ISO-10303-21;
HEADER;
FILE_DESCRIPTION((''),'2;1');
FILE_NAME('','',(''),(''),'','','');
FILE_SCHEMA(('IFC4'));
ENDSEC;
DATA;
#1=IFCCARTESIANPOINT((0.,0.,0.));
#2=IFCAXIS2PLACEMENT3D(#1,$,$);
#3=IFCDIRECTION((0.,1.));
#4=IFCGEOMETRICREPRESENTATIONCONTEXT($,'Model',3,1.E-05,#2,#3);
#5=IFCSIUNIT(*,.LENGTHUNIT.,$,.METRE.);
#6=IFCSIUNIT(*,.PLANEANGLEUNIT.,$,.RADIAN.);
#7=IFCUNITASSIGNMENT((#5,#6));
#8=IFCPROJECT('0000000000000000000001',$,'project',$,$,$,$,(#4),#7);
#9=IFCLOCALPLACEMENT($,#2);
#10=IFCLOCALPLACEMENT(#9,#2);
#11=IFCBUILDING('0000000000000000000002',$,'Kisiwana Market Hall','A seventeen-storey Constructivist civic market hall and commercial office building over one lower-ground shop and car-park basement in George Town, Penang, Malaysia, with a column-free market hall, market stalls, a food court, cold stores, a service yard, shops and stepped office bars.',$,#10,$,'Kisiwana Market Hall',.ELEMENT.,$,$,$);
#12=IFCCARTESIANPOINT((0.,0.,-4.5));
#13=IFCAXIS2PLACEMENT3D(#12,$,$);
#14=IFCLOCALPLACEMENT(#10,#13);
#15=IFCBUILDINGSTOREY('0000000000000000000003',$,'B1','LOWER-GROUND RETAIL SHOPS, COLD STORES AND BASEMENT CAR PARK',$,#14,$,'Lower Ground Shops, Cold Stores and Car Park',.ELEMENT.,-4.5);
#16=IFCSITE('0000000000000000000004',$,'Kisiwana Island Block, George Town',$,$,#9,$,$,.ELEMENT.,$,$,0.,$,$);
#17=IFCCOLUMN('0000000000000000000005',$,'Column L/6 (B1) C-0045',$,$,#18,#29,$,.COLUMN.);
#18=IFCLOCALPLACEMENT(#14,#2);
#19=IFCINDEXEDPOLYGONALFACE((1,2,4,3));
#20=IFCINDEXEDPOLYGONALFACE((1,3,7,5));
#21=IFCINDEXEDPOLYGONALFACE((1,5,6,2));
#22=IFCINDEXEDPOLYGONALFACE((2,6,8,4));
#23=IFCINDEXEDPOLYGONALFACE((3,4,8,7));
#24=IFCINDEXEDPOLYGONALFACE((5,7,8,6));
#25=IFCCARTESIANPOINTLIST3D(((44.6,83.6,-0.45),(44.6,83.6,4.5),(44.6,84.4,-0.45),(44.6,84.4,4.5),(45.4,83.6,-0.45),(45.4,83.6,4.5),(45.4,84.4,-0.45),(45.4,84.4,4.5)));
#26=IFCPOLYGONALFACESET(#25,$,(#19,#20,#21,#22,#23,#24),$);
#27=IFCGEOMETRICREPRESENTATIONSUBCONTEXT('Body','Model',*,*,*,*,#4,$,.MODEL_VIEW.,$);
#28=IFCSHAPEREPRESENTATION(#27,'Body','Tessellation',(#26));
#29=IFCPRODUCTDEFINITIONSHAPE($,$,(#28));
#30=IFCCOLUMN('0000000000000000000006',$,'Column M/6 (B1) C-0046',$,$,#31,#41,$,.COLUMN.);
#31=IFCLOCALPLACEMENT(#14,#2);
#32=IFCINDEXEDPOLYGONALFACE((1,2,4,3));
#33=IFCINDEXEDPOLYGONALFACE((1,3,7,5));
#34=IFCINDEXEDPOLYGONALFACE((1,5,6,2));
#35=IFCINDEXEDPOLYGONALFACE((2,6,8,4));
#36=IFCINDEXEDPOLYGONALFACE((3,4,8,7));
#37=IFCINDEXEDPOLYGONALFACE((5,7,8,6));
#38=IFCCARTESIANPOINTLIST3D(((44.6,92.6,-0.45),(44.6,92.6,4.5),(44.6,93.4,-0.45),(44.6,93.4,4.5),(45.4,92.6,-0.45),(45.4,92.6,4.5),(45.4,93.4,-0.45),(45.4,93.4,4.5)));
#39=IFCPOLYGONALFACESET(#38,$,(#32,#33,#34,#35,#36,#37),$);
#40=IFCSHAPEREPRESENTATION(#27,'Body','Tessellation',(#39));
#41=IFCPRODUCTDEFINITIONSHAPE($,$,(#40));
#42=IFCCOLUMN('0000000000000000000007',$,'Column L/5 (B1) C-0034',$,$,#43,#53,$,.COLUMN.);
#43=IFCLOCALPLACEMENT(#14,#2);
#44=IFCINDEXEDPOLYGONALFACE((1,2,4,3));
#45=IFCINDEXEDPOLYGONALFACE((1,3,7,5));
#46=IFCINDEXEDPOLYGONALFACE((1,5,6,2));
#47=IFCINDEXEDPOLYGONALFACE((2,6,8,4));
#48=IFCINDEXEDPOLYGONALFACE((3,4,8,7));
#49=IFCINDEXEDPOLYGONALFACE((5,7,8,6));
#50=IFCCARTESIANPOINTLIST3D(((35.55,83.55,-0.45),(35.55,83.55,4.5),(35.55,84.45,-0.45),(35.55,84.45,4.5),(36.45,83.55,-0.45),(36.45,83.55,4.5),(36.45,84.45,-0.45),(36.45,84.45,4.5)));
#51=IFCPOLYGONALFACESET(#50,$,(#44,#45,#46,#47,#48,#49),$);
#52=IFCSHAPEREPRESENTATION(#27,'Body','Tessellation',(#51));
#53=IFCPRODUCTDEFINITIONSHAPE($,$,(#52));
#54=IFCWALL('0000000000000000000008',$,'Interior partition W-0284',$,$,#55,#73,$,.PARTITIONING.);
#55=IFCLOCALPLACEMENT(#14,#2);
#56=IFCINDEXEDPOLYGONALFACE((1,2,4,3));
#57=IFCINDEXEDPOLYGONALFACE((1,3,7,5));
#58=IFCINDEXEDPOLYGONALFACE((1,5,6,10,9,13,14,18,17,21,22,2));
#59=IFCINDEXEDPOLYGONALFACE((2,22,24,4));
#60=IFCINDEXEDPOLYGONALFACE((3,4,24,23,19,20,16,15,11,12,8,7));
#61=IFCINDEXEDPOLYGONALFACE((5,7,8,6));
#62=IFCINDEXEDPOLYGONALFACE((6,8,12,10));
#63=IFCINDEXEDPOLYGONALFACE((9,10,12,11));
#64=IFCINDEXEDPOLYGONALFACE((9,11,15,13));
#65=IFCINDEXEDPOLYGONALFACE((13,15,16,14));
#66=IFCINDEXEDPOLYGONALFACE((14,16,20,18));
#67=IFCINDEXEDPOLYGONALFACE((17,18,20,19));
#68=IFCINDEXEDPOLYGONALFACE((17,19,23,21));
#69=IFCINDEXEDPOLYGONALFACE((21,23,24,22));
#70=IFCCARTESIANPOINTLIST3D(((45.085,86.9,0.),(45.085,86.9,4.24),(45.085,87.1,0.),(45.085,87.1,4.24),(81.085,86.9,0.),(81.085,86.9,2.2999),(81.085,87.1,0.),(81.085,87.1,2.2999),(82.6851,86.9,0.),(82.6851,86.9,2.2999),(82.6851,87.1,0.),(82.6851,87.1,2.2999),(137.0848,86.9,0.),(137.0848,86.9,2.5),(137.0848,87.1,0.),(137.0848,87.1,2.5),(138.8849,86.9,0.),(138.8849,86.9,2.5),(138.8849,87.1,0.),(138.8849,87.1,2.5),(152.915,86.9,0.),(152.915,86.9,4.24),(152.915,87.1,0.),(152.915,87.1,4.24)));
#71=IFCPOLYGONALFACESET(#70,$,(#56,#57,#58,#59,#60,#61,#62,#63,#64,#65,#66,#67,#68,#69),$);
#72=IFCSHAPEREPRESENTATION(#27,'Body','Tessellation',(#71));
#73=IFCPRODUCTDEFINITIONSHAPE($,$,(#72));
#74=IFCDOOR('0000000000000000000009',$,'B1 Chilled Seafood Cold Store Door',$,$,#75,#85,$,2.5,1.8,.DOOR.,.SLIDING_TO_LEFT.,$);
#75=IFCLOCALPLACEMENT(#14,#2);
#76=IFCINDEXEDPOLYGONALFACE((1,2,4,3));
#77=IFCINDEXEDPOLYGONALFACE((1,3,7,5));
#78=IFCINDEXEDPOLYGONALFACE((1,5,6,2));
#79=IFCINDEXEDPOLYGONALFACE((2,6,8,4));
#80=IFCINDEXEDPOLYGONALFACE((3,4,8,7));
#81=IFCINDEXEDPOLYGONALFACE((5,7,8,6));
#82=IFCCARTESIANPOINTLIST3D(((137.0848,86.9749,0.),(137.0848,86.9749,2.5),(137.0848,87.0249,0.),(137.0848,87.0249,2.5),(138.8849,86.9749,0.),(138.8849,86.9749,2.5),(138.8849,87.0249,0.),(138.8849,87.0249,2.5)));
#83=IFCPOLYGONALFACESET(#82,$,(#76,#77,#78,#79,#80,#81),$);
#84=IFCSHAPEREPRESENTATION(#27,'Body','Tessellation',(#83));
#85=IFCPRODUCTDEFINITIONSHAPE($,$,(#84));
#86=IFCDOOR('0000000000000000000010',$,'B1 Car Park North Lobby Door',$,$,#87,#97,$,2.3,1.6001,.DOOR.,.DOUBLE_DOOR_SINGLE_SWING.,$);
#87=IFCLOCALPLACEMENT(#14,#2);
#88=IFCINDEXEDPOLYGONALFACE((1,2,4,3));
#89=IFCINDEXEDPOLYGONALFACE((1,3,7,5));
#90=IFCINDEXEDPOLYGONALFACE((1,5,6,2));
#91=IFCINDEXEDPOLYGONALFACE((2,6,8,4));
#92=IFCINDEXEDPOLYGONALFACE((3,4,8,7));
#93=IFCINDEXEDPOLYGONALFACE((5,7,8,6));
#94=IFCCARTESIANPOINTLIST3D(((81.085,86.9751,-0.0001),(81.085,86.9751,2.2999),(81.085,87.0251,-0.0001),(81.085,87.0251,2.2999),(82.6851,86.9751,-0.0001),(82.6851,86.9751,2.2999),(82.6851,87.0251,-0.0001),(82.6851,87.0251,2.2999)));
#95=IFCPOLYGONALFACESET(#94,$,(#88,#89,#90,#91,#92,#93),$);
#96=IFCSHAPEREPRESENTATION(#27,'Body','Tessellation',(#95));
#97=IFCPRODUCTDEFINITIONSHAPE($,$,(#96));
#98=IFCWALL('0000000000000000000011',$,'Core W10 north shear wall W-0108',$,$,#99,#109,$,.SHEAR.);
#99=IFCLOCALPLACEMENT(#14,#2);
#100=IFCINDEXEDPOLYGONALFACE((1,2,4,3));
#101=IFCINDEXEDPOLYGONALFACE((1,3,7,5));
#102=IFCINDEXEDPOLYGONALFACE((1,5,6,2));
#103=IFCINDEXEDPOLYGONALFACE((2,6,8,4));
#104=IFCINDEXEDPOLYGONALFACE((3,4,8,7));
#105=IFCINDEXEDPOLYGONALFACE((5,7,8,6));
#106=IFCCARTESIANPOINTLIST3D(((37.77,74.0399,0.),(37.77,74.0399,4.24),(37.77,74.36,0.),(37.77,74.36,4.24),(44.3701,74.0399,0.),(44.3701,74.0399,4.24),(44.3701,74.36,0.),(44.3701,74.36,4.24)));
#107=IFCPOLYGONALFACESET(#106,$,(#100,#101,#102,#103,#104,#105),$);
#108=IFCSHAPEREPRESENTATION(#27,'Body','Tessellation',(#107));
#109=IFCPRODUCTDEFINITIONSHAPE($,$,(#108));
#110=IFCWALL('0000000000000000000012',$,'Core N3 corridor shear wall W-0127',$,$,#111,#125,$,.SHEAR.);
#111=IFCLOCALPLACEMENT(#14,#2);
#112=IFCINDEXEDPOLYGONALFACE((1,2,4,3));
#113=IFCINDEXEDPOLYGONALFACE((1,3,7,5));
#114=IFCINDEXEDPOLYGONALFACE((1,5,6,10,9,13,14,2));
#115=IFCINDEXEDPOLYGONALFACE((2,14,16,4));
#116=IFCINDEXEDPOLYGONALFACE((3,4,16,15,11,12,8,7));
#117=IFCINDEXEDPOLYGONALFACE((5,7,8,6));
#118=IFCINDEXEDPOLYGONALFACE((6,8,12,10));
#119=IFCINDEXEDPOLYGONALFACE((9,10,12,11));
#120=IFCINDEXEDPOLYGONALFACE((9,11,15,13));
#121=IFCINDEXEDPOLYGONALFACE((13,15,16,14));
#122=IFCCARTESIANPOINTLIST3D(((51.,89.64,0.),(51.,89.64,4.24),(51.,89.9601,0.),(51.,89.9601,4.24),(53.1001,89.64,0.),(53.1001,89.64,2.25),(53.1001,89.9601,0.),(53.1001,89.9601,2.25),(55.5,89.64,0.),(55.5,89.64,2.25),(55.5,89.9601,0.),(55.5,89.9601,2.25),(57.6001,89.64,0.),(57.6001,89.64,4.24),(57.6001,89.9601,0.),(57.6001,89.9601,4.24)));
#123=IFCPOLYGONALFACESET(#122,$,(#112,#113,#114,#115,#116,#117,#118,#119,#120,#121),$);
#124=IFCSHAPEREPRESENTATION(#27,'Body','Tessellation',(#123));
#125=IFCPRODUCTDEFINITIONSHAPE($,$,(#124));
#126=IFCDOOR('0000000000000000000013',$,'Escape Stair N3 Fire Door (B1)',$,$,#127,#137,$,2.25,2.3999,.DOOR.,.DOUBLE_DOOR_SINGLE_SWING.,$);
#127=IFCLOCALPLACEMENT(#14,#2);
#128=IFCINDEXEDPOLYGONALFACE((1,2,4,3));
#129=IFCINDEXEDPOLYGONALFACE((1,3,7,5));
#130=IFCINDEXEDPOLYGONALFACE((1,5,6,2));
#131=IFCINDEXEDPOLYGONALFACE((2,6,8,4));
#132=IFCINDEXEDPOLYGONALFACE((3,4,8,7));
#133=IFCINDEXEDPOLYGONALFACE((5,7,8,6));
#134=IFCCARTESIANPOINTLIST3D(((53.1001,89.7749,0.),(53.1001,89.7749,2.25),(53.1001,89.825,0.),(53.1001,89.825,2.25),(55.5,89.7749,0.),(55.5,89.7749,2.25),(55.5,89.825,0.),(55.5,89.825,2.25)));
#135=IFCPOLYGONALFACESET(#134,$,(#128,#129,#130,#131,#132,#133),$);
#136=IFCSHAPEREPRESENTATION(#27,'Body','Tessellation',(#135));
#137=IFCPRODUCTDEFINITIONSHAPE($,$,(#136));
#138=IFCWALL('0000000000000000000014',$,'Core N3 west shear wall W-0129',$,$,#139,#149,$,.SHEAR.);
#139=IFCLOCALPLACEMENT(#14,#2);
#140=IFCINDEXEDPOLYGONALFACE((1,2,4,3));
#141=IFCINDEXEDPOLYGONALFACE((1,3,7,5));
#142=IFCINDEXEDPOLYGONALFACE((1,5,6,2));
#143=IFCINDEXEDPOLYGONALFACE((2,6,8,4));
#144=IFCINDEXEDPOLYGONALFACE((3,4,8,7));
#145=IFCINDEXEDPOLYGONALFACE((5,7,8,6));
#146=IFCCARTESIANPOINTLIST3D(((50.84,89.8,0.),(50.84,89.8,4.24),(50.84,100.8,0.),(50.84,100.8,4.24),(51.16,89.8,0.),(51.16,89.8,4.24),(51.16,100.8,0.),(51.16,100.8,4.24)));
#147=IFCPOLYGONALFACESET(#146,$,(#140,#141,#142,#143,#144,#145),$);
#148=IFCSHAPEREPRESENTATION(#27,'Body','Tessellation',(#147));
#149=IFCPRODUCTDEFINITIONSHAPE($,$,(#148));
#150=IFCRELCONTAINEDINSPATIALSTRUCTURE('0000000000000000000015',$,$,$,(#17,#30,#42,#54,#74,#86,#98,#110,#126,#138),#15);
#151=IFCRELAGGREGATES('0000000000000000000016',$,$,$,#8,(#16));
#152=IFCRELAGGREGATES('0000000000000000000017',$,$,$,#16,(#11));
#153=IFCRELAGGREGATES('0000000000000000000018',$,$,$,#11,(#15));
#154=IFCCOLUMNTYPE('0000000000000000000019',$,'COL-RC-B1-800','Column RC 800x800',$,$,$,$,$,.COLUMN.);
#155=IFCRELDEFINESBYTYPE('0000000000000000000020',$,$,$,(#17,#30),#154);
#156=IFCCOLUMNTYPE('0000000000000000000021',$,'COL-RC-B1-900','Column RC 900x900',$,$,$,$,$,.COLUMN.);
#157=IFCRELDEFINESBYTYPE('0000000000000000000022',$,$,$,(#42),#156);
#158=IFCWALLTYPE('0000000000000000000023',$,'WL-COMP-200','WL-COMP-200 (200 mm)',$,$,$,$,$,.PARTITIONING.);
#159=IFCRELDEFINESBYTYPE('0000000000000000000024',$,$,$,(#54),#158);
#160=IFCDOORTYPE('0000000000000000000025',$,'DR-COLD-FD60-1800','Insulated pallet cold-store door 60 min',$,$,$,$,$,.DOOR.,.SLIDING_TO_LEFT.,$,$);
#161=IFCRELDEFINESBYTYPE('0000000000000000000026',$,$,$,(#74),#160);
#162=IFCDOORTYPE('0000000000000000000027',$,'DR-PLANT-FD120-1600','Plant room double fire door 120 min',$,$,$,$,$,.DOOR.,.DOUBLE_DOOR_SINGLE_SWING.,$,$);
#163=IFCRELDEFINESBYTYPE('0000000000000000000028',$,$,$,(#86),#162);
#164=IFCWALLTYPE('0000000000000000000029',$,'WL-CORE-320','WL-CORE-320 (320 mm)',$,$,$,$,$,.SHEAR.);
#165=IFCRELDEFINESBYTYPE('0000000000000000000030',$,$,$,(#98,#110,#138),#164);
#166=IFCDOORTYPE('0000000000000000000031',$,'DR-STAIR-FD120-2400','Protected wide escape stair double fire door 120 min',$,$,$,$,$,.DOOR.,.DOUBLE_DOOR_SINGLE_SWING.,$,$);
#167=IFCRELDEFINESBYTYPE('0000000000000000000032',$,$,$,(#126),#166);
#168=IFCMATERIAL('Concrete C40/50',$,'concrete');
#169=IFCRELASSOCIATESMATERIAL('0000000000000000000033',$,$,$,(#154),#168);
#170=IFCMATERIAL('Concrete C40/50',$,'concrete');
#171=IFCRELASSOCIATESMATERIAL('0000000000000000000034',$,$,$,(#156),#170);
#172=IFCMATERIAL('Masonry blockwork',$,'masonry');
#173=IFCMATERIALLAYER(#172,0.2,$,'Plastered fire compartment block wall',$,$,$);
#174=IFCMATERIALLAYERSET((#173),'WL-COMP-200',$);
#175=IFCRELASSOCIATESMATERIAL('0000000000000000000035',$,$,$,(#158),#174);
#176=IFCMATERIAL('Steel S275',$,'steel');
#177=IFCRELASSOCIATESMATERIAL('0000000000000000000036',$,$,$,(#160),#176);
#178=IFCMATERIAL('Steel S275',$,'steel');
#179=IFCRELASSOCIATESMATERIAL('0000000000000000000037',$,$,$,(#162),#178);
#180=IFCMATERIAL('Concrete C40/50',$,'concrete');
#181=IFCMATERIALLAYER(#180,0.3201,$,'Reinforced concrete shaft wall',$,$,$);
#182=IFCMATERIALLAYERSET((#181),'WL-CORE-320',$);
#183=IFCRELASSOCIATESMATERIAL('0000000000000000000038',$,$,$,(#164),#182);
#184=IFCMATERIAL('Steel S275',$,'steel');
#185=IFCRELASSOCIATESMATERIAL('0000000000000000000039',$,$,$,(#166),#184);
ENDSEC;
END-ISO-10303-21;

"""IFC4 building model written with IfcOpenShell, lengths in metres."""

from ifc_helpers import new_model, si_unit, direction, frame, frame_2d, origin, origin_2d, place, context, subcontext, project, spatial, rectangle, extrude, material, layer, layer_set, material_profile, profile_set, type_object, element, fill, save


model = new_model("IFC4")

# Units and contexts
model_context = context("Model", 3, precision=1e-05, world=origin(), true_north=direction((0.0, 1.0)))
body_context = subcontext(model_context, "Body", "Model", "MODEL_VIEW")
ifc_project = project(units=[si_unit("LENGTHUNIT", "METRE"), si_unit("PLANEANGLEUNIT", "RADIAN")], contexts=[model_context])

# Site, building, storey
site_placement = place(None, origin())
site = spatial("IfcSite", under=ifc_project, at=site_placement, Name="Kisiwana Island Block, George Town", CompositionType="ELEMENT", RefElevation=0.0)
building_placement = place(site_placement, origin())
building = spatial("IfcBuilding", under=site, at=building_placement, Name="Kisiwana Market Hall", Description="A seventeen-storey Constructivist civic market hall and commercial office building over one lower-ground shop and car-park basement in George Town, Penang, Malaysia, with a column-free market hall, market stalls, a food court, cold stores, a service yard, shops and stepped office bars.", LongName="Kisiwana Market Hall", CompositionType="ELEMENT")
storey_placement = place(building_placement, frame((0.0, 0.0, -4.5)))
storey = spatial("IfcBuildingStorey", under=building, at=storey_placement, Name="B1", Description="LOWER-GROUND RETAIL SHOPS, COLD STORES AND BASEMENT CAR PARK", LongName="Lower Ground Shops, Cold Stores and Car Park", CompositionType="ELEMENT", Elevation=-4.5)

# Columns
ifc_material_1 = material(Name="Concrete C40/50", Category="concrete")
ifc_material_profile_1 = material_profile(ifc_material_1, rectangle(XDim=0.8, YDim=0.8, at=origin_2d()), Name="RC 800x800")
ifc_profile_set_1 = profile_set([ifc_material_profile_1], Name="Concrete C40/50")
column_type_1 = type_object("IfcColumnType", Name="COL-RC-B1-800", Description="Column RC 800x800", PredefinedType="COLUMN", material=ifc_profile_set_1)
for number, where, z_axis, x_axis, name in (
    (1, (45.0, 84.0, -0.45), (0.0, 0.0, 1.0), (1.0, 0.0, 0.0), "Column L/6 (B1) C-0045"),
    (2, (45.0, 93.0, -0.45), (0.0, 0.0, 1.0), (1.0, 0.0, 0.0), "Column M/6 (B1) C-0046"),
):
    element("IfcColumn", number, at=place(storey_placement, frame(where, z_axis=z_axis, x_axis=x_axis)), inside=storey, type_object=column_type_1, Name=name, PredefinedType="COLUMN", context=body_context, shape_type="SweptSolid", body=[
        extrude(rectangle(XDim=0.8, YDim=0.8, at=origin_2d()), origin(), (0.0, 0.0, 1.0), 4.95),
    ])
ifc_material_2 = material(Name="Concrete C40/50", Category="concrete")
ifc_material_profile_2 = material_profile(ifc_material_2, rectangle(XDim=0.8999, YDim=0.8999, at=origin_2d()), Name="RC 900x900")
ifc_profile_set_2 = profile_set([ifc_material_profile_2], Name="Concrete C40/50")
column_type_2 = type_object("IfcColumnType", Name="COL-RC-B1-900", Description="Column RC 900x900", PredefinedType="COLUMN", material=ifc_profile_set_2)
column_placement = place(storey_placement, frame((36.0, 84.0, -0.45), z_axis=(0.0, 0.0, 1.0), x_axis=(1.0, 0.0, 0.0)))
element("IfcColumn", 3, at=column_placement, inside=storey, type_object=column_type_2, Name="Column L/5 (B1) C-0034", PredefinedType="COLUMN", context=body_context, shape_type="SweptSolid", body=[
    extrude(rectangle(XDim=0.8999, YDim=0.8999, at=origin_2d()), origin(), (0.0, 0.0, 1.0), 4.95),
])

# Wall, openings, doors
ifc_material_3 = material(Name="Masonry blockwork", Category="masonry")
ifc_layer_1 = layer(ifc_material_3, 0.2, Name="Plastered fire compartment block wall")
ifc_layer_set_1 = layer_set([ifc_layer_1], Name="WL-COMP-200")
wall_type_1 = type_object("IfcWallType", Name="WL-COMP-200", Description="WL-COMP-200 (200 mm)", PredefinedType="PARTITIONING", material=ifc_layer_set_1)
wall_1_placement = place(storey_placement, frame((45.085, 87.0, 0.0), z_axis=(0.0, 0.0, 1.0), x_axis=(1.0, 0.0, 0.0)))
wall_1 = element("IfcWall", 4, at=wall_1_placement, inside=storey, type_object=wall_type_1, Name="Interior partition W-0284", PredefinedType="PARTITIONING", context=body_context, shape_type="SweptSolid", body=[
    extrude(rectangle(XDim=107.8301, YDim=0.2, at=frame_2d((53.915, 0.0))), origin(), (0.0, 0.0, 1.0), 4.24),
])
opening_1_placement = place(wall_1_placement, frame((36.0, 0.0, 0.0)))
opening_1 = element("IfcOpeningElement", 5, at=opening_1_placement, cuts=wall_1, PredefinedType="OPENING", context=body_context, shape_type="SweptSolid", body=[
    extrude(rectangle(XDim=1.6001, YDim=2.3, at=frame_2d((0.8, 1.1499))), frame((0.0, 0.1118, 0.0), z_axis=(0.0, -1.0, 0.0), x_axis=(1.0, 0.0, 0.0)), (0.0, 0.0, 1.0), 0.2239),
])
opening_2_placement = place(wall_1_placement, frame((92.0, 0.0, 0.0)))
opening_2 = element("IfcOpeningElement", 6, at=opening_2_placement, cuts=wall_1, PredefinedType="OPENING", context=body_context, shape_type="SweptSolid", body=[
    extrude(rectangle(XDim=1.8, YDim=2.5, at=frame_2d((0.8999, 1.25))), frame((0.0, 0.1118, 0.0), z_axis=(0.0, -1.0, 0.0), x_axis=(1.0, 0.0, 0.0)), (0.0, 0.0, 1.0), 0.2239),
])
ifc_material_4 = material(Name="Steel S275", Category="steel")
door_type_1 = type_object("IfcDoorType", Name="DR-COLD-FD60-1800", Description="Insulated pallet cold-store door 60 min", OperationType="SLIDING_TO_LEFT", PredefinedType="DOOR", material=ifc_material_4)
door_1_placement = place(opening_2_placement, origin())
door_1 = element("IfcDoor", 7, at=door_1_placement, inside=storey, type_object=door_type_1, Name="B1 Chilled Seafood Cold Store Door", OperationType="SLIDING_TO_LEFT", OverallHeight=2.5, OverallWidth=1.8, PredefinedType="DOOR", context=body_context, shape_type="SweptSolid", body=[
    extrude(rectangle(XDim=1.8, YDim=2.5, at=frame_2d((0.8999, 1.25))), frame((0.0, 0.0249, 0.0), z_axis=(0.0, -1.0, 0.0), x_axis=(1.0, 0.0, 0.0)), (0.0, 0.0, 1.0), 0.05),
])
fill(opening_2, door_1)
ifc_material_5 = material(Name="Steel S275", Category="steel")
door_type_2 = type_object("IfcDoorType", Name="DR-PLANT-FD120-1600", Description="Plant room double fire door 120 min", OperationType="DOUBLE_DOOR_SINGLE_SWING", PredefinedType="DOOR", material=ifc_material_5)
door_2_placement = place(opening_1_placement, frame((1.6001, 0.0, 0.0), z_axis=(0.0, 0.0, 1.0), x_axis=(-1.0, 0.0, 0.0)))
door_2 = element("IfcDoor", 8, at=door_2_placement, inside=storey, type_object=door_type_2, Name="B1 Car Park North Lobby Door", OperationType="DOUBLE_DOOR_SINGLE_SWING", OverallHeight=2.3, OverallWidth=1.6001, PredefinedType="DOOR", context=body_context, shape_type="SweptSolid", body=[
    extrude(rectangle(XDim=1.6001, YDim=2.3, at=frame_2d((0.8, 1.1499))), frame((0.0, 0.0249, 0.0), z_axis=(0.0, -1.0, 0.0), x_axis=(1.0, 0.0, 0.0)), (0.0, 0.0, 1.0), 0.05),
])
fill(opening_1, door_2)

# Wall
ifc_material_6 = material(Name="Concrete C40/50", Category="concrete")
ifc_layer_2 = layer(ifc_material_6, 0.3201, Name="Reinforced concrete shaft wall")
ifc_layer_set_2 = layer_set([ifc_layer_2], Name="WL-CORE-320")
wall_type_2 = type_object("IfcWallType", Name="WL-CORE-320", Description="WL-CORE-320 (320 mm)", PredefinedType="SHEAR", material=ifc_layer_set_2)
wall_2_placement = place(storey_placement, frame((37.77, 74.2, 0.0), z_axis=(0.0, 0.0, 1.0), x_axis=(1.0, 0.0, 0.0)))
element("IfcWall", 9, at=wall_2_placement, inside=storey, type_object=wall_type_2, Name="Core W10 north shear wall W-0108", PredefinedType="SHEAR", context=body_context, shape_type="SweptSolid", body=[
    extrude(rectangle(XDim=6.6001, YDim=0.3201, at=frame_2d((3.3, 0.0))), origin(), (0.0, 0.0, 1.0), 4.24),
])

# Wall, opening, door
wall_3_placement = place(storey_placement, frame((51.0, 89.8, 0.0), z_axis=(0.0, 0.0, 1.0), x_axis=(1.0, 0.0, 0.0)))
wall_3 = element("IfcWall", 10, at=wall_3_placement, inside=storey, type_object=wall_type_2, Name="Core N3 corridor shear wall W-0127", PredefinedType="SHEAR", context=body_context, shape_type="SweptSolid", body=[
    extrude(rectangle(XDim=6.6001, YDim=0.3201, at=frame_2d((3.3, 0.0))), origin(), (0.0, 0.0, 1.0), 4.24),
])
opening_3_placement = place(wall_3_placement, frame((2.1001, 0.0, 0.0)))
opening_3 = element("IfcOpeningElement", 11, at=opening_3_placement, cuts=wall_3, PredefinedType="OPENING", context=body_context, shape_type="SweptSolid", body=[
    extrude(rectangle(XDim=2.3999, YDim=2.25, at=frame_2d((1.2, 1.125))), frame((0.0, 0.1719, 0.0), z_axis=(0.0, -1.0, 0.0), x_axis=(1.0, 0.0, 0.0)), (0.0, 0.0, 1.0), 0.344),
])
ifc_material_7 = material(Name="Steel S275", Category="steel")
door_type_3 = type_object("IfcDoorType", Name="DR-STAIR-FD120-2400", Description="Protected wide escape stair double fire door 120 min", OperationType="DOUBLE_DOOR_SINGLE_SWING", PredefinedType="DOOR", material=ifc_material_7)
door_3_placement = place(opening_3_placement, origin())
door_3 = element("IfcDoor", 12, at=door_3_placement, inside=storey, type_object=door_type_3, Name="Escape Stair N3 Fire Door (B1)", OperationType="DOUBLE_DOOR_SINGLE_SWING", OverallHeight=2.25, OverallWidth=2.3999, PredefinedType="DOOR", context=body_context, shape_type="SweptSolid", body=[
    extrude(rectangle(XDim=2.3999, YDim=2.25, at=frame_2d((1.2, 1.125))), frame((0.0, 0.0249, 0.0), z_axis=(0.0, -1.0, 0.0), x_axis=(1.0, 0.0, 0.0)), (0.0, 0.0, 1.0), 0.05),
])
fill(opening_3, door_3)

# Wall
wall_4_placement = place(storey_placement, frame((51.0, 89.8, 0.0), z_axis=(0.0, 0.0, 1.0), x_axis=(0.0, 1.0, 0.0)))
element("IfcWall", 13, at=wall_4_placement, inside=storey, type_object=wall_type_2, Name="Core N3 west shear wall W-0129", PredefinedType="SHEAR", context=body_context, shape_type="SweptSolid", body=[
    extrude(rectangle(XDim=11.0, YDim=0.3201, at=frame_2d((5.5, 0.0))), origin(), (0.0, 0.0, 1.0), 4.24),
])

save(model, "model.ifc")
